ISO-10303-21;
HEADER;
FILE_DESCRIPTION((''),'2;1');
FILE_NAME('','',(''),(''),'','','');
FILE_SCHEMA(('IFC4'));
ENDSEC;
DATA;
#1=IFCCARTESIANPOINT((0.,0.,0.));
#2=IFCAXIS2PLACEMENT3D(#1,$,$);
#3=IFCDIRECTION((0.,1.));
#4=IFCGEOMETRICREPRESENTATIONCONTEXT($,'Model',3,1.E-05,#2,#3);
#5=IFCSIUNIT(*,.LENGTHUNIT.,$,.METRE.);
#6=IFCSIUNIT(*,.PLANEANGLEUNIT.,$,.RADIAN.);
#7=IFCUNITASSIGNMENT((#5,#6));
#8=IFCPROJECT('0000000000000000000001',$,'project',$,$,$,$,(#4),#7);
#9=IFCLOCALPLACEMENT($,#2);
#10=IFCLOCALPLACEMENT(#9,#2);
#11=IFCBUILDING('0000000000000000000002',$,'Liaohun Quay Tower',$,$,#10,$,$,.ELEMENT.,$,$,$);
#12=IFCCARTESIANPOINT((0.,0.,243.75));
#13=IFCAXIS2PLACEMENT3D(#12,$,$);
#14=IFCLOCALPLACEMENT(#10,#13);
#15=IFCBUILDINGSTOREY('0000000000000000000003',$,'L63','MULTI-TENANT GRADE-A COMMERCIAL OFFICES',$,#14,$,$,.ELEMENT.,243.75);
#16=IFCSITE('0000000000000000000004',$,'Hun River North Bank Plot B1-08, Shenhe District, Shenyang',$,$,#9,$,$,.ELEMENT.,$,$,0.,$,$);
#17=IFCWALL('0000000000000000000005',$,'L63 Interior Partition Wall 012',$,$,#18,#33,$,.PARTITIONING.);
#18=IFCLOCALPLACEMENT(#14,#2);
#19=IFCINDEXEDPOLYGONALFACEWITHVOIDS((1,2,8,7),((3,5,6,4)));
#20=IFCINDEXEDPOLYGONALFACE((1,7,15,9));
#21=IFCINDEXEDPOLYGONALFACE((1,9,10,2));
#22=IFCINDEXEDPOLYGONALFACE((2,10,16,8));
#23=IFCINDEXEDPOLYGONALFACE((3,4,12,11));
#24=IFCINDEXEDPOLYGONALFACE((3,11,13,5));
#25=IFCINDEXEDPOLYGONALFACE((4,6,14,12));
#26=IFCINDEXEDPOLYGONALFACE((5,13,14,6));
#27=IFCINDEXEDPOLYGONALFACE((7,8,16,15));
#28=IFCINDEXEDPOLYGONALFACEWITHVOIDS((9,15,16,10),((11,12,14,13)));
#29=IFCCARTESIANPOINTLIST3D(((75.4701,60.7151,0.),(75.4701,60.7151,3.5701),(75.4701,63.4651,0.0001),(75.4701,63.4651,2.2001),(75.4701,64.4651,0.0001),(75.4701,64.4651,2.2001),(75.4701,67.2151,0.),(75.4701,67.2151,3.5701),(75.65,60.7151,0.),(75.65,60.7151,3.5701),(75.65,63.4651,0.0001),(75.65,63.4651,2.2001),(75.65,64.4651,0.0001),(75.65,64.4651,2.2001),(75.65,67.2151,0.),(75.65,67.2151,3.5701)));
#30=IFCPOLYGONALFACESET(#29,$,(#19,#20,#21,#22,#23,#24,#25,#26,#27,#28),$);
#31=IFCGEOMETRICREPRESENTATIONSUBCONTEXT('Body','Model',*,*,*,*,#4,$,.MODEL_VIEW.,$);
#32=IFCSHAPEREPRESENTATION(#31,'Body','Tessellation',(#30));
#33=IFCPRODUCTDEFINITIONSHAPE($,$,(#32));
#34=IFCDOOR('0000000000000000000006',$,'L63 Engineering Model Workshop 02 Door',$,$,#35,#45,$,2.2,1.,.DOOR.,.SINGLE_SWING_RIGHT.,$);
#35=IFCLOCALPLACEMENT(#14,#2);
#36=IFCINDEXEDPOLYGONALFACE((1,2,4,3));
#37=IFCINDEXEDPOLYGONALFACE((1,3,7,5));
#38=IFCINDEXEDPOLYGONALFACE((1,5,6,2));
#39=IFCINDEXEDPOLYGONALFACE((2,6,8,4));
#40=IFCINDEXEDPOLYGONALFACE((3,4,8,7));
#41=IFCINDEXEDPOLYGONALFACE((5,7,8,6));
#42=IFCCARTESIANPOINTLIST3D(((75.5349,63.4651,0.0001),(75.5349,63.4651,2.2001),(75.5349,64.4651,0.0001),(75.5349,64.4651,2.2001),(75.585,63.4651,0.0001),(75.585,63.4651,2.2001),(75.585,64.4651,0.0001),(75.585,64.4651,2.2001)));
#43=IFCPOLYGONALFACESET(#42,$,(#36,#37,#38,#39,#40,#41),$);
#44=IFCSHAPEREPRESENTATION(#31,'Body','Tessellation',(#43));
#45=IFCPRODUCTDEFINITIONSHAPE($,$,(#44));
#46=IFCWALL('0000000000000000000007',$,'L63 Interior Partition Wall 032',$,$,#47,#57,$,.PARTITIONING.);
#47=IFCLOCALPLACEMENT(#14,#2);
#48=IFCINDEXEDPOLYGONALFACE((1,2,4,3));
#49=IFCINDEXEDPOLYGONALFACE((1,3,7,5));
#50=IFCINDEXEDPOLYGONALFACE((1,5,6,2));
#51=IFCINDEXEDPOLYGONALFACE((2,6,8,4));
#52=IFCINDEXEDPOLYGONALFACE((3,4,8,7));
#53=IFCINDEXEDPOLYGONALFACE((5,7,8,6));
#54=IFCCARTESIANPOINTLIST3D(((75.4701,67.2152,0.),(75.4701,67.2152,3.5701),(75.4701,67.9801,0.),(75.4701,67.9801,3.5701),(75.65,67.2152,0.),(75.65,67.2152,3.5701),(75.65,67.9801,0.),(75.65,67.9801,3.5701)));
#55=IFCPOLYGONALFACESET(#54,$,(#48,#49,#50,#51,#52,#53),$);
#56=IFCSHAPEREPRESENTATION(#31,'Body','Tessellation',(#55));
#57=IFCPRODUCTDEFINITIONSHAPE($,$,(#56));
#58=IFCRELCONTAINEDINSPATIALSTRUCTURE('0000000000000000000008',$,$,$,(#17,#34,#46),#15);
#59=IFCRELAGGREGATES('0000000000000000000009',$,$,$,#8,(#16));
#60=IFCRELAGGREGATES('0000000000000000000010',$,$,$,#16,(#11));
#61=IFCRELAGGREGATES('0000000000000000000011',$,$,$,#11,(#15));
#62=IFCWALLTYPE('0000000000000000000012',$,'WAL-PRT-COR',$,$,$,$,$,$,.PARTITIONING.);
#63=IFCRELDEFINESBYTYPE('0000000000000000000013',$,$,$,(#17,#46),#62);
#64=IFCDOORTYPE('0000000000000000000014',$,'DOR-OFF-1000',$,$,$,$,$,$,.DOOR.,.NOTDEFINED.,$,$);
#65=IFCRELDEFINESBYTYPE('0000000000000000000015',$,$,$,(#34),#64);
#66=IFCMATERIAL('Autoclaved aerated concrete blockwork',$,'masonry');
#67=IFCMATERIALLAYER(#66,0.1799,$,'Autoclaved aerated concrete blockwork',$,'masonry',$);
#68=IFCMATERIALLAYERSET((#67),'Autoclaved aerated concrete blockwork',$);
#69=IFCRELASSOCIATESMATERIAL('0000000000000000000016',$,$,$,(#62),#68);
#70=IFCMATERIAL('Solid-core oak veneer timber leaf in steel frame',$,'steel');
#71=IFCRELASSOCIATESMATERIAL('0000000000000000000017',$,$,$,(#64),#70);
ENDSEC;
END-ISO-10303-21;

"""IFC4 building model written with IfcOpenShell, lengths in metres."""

from ifc_helpers import new_model, si_unit, direction, frame, frame_2d, origin, place, context, subcontext, project, spatial, rectangle, extrude, source, transform, mapped, material, layer, layer_set, type_object, element, fill, save


model = new_model("IFC4")

# Units and contexts
model_context = context("Model", 3, precision=1e-05, world=origin(), true_north=direction((0.0, 1.0)))
body_context = subcontext(model_context, "Body", "Model", "MODEL_VIEW")
ifc_project = project(units=[si_unit("LENGTHUNIT", "METRE"), si_unit("PLANEANGLEUNIT", "RADIAN")], contexts=[model_context])

# Site, building, storey
site_placement = place(None, origin())
site = spatial("IfcSite", under=ifc_project, at=site_placement, Name="Hun River North Bank Plot B1-08, Shenhe District, Shenyang", CompositionType="ELEMENT", RefElevation=0.0)
building_placement = place(site_placement, origin())
building = spatial("IfcBuilding", under=site, at=building_placement, Name="Liaohun Quay Tower", CompositionType="ELEMENT")
storey_placement = place(building_placement, frame((0.0, 0.0, 243.75)))
storey = spatial("IfcBuildingStorey", under=building, at=storey_placement, Name="L63", Description="MULTI-TENANT GRADE-A COMMERCIAL OFFICES", CompositionType="ELEMENT", Elevation=243.75)

# Wall, opening, door
ifc_material_1 = material(Name="Autoclaved aerated concrete blockwork", Category="masonry")
ifc_layer_1 = layer(ifc_material_1, 0.1799, Name="Autoclaved aerated concrete blockwork", Category="masonry")
ifc_layer_set_1 = layer_set([ifc_layer_1], Name="Autoclaved aerated concrete blockwork")
wall_type_1 = type_object("IfcWallType", Name="WAL-PRT-COR", PredefinedType="PARTITIONING", material=ifc_layer_set_1)
wall_1_placement = place(storey_placement, frame((75.5601, 67.2151, 0.0), z_axis=(0.0, 0.0, 1.0), x_axis=(0.0, -1.0, 0.0)))
wall_1 = element("IfcWall", 1, at=wall_1_placement, inside=storey, type_object=wall_type_1, Name="L63 Interior Partition Wall 012", PredefinedType="PARTITIONING", context=body_context, shape_type="SweptSolid", body=[
    extrude(rectangle(XDim=6.5, YDim=0.1799, at=frame_2d((3.25, 0.0))), origin(), (0.0, 0.0, 1.0), 3.5701),
])
shared_shape_1 = source(origin(), body_context, "Body", "SweptSolid", [
    extrude(rectangle(XDim=1.0, YDim=2.2, at=frame_2d((0.5, 1.1001))), frame((0.0, 0.0999, 0.0), z_axis=(0.0, -1.0, 0.0), x_axis=(1.0, 0.0, 0.0)), (0.0, 0.0, 1.0), 0.2),
])
opening_1_placement = place(wall_1_placement, frame((2.75, 0.0, 0.0)))
opening_1 = element("IfcOpeningElement", 2, at=opening_1_placement, cuts=wall_1, PredefinedType="OPENING", context=body_context, shape_type="MappedRepresentation", body=[
    mapped(shared_shape_1, transform((0.0, 0.0, 0.0), x_axis=(1.0, 0.0, 0.0), y_axis=(0.0, 1.0, 0.0), z_axis=(0.0, 0.0, 1.0), scale=1.0)),
])
ifc_material_2 = material(Name="Solid-core oak veneer timber leaf in steel frame", Category="steel")
door_type_1 = type_object("IfcDoorType", Name="DOR-OFF-1000", OperationType="NOTDEFINED", PredefinedType="DOOR", material=ifc_material_2)
shared_shape_2 = source(origin(), body_context, "Body", "SweptSolid", [
    extrude(rectangle(XDim=1.0, YDim=2.2, at=frame_2d((0.5, 1.1001))), frame((0.0, 0.0249, 0.0), z_axis=(0.0, -1.0, 0.0), x_axis=(1.0, 0.0, 0.0)), (0.0, 0.0, 1.0), 0.05),
])
door_1_placement = place(opening_1_placement, origin())
door_1 = element("IfcDoor", 3, at=door_1_placement, inside=storey, type_object=door_type_1, Name="L63 Engineering Model Workshop 02 Door", OperationType="SINGLE_SWING_RIGHT", OverallHeight=2.2, OverallWidth=1.0, PredefinedType="DOOR", context=body_context, shape_type="MappedRepresentation", body=[
    mapped(shared_shape_2, transform((0.0, 0.0, 0.0), x_axis=(1.0, 0.0, 0.0), y_axis=(0.0, 1.0, 0.0), z_axis=(0.0, 0.0, 1.0), scale=1.0)),
])
fill(opening_1, door_1)

# Wall
wall_2_placement = place(storey_placement, frame((75.5601, 67.98, 0.0), z_axis=(0.0, 0.0, 1.0), x_axis=(0.0, -1.0, 0.0)))
element("IfcWall", 4, at=wall_2_placement, inside=storey, type_object=wall_type_1, Name="L63 Interior Partition Wall 032", PredefinedType="PARTITIONING", context=body_context, shape_type="SweptSolid", body=[
    extrude(rectangle(XDim=0.7649, YDim=0.1799, at=frame_2d((0.3823, 0.0))), origin(), (0.0, 0.0, 1.0), 3.5701),
])

save(model, "model.ifc")
